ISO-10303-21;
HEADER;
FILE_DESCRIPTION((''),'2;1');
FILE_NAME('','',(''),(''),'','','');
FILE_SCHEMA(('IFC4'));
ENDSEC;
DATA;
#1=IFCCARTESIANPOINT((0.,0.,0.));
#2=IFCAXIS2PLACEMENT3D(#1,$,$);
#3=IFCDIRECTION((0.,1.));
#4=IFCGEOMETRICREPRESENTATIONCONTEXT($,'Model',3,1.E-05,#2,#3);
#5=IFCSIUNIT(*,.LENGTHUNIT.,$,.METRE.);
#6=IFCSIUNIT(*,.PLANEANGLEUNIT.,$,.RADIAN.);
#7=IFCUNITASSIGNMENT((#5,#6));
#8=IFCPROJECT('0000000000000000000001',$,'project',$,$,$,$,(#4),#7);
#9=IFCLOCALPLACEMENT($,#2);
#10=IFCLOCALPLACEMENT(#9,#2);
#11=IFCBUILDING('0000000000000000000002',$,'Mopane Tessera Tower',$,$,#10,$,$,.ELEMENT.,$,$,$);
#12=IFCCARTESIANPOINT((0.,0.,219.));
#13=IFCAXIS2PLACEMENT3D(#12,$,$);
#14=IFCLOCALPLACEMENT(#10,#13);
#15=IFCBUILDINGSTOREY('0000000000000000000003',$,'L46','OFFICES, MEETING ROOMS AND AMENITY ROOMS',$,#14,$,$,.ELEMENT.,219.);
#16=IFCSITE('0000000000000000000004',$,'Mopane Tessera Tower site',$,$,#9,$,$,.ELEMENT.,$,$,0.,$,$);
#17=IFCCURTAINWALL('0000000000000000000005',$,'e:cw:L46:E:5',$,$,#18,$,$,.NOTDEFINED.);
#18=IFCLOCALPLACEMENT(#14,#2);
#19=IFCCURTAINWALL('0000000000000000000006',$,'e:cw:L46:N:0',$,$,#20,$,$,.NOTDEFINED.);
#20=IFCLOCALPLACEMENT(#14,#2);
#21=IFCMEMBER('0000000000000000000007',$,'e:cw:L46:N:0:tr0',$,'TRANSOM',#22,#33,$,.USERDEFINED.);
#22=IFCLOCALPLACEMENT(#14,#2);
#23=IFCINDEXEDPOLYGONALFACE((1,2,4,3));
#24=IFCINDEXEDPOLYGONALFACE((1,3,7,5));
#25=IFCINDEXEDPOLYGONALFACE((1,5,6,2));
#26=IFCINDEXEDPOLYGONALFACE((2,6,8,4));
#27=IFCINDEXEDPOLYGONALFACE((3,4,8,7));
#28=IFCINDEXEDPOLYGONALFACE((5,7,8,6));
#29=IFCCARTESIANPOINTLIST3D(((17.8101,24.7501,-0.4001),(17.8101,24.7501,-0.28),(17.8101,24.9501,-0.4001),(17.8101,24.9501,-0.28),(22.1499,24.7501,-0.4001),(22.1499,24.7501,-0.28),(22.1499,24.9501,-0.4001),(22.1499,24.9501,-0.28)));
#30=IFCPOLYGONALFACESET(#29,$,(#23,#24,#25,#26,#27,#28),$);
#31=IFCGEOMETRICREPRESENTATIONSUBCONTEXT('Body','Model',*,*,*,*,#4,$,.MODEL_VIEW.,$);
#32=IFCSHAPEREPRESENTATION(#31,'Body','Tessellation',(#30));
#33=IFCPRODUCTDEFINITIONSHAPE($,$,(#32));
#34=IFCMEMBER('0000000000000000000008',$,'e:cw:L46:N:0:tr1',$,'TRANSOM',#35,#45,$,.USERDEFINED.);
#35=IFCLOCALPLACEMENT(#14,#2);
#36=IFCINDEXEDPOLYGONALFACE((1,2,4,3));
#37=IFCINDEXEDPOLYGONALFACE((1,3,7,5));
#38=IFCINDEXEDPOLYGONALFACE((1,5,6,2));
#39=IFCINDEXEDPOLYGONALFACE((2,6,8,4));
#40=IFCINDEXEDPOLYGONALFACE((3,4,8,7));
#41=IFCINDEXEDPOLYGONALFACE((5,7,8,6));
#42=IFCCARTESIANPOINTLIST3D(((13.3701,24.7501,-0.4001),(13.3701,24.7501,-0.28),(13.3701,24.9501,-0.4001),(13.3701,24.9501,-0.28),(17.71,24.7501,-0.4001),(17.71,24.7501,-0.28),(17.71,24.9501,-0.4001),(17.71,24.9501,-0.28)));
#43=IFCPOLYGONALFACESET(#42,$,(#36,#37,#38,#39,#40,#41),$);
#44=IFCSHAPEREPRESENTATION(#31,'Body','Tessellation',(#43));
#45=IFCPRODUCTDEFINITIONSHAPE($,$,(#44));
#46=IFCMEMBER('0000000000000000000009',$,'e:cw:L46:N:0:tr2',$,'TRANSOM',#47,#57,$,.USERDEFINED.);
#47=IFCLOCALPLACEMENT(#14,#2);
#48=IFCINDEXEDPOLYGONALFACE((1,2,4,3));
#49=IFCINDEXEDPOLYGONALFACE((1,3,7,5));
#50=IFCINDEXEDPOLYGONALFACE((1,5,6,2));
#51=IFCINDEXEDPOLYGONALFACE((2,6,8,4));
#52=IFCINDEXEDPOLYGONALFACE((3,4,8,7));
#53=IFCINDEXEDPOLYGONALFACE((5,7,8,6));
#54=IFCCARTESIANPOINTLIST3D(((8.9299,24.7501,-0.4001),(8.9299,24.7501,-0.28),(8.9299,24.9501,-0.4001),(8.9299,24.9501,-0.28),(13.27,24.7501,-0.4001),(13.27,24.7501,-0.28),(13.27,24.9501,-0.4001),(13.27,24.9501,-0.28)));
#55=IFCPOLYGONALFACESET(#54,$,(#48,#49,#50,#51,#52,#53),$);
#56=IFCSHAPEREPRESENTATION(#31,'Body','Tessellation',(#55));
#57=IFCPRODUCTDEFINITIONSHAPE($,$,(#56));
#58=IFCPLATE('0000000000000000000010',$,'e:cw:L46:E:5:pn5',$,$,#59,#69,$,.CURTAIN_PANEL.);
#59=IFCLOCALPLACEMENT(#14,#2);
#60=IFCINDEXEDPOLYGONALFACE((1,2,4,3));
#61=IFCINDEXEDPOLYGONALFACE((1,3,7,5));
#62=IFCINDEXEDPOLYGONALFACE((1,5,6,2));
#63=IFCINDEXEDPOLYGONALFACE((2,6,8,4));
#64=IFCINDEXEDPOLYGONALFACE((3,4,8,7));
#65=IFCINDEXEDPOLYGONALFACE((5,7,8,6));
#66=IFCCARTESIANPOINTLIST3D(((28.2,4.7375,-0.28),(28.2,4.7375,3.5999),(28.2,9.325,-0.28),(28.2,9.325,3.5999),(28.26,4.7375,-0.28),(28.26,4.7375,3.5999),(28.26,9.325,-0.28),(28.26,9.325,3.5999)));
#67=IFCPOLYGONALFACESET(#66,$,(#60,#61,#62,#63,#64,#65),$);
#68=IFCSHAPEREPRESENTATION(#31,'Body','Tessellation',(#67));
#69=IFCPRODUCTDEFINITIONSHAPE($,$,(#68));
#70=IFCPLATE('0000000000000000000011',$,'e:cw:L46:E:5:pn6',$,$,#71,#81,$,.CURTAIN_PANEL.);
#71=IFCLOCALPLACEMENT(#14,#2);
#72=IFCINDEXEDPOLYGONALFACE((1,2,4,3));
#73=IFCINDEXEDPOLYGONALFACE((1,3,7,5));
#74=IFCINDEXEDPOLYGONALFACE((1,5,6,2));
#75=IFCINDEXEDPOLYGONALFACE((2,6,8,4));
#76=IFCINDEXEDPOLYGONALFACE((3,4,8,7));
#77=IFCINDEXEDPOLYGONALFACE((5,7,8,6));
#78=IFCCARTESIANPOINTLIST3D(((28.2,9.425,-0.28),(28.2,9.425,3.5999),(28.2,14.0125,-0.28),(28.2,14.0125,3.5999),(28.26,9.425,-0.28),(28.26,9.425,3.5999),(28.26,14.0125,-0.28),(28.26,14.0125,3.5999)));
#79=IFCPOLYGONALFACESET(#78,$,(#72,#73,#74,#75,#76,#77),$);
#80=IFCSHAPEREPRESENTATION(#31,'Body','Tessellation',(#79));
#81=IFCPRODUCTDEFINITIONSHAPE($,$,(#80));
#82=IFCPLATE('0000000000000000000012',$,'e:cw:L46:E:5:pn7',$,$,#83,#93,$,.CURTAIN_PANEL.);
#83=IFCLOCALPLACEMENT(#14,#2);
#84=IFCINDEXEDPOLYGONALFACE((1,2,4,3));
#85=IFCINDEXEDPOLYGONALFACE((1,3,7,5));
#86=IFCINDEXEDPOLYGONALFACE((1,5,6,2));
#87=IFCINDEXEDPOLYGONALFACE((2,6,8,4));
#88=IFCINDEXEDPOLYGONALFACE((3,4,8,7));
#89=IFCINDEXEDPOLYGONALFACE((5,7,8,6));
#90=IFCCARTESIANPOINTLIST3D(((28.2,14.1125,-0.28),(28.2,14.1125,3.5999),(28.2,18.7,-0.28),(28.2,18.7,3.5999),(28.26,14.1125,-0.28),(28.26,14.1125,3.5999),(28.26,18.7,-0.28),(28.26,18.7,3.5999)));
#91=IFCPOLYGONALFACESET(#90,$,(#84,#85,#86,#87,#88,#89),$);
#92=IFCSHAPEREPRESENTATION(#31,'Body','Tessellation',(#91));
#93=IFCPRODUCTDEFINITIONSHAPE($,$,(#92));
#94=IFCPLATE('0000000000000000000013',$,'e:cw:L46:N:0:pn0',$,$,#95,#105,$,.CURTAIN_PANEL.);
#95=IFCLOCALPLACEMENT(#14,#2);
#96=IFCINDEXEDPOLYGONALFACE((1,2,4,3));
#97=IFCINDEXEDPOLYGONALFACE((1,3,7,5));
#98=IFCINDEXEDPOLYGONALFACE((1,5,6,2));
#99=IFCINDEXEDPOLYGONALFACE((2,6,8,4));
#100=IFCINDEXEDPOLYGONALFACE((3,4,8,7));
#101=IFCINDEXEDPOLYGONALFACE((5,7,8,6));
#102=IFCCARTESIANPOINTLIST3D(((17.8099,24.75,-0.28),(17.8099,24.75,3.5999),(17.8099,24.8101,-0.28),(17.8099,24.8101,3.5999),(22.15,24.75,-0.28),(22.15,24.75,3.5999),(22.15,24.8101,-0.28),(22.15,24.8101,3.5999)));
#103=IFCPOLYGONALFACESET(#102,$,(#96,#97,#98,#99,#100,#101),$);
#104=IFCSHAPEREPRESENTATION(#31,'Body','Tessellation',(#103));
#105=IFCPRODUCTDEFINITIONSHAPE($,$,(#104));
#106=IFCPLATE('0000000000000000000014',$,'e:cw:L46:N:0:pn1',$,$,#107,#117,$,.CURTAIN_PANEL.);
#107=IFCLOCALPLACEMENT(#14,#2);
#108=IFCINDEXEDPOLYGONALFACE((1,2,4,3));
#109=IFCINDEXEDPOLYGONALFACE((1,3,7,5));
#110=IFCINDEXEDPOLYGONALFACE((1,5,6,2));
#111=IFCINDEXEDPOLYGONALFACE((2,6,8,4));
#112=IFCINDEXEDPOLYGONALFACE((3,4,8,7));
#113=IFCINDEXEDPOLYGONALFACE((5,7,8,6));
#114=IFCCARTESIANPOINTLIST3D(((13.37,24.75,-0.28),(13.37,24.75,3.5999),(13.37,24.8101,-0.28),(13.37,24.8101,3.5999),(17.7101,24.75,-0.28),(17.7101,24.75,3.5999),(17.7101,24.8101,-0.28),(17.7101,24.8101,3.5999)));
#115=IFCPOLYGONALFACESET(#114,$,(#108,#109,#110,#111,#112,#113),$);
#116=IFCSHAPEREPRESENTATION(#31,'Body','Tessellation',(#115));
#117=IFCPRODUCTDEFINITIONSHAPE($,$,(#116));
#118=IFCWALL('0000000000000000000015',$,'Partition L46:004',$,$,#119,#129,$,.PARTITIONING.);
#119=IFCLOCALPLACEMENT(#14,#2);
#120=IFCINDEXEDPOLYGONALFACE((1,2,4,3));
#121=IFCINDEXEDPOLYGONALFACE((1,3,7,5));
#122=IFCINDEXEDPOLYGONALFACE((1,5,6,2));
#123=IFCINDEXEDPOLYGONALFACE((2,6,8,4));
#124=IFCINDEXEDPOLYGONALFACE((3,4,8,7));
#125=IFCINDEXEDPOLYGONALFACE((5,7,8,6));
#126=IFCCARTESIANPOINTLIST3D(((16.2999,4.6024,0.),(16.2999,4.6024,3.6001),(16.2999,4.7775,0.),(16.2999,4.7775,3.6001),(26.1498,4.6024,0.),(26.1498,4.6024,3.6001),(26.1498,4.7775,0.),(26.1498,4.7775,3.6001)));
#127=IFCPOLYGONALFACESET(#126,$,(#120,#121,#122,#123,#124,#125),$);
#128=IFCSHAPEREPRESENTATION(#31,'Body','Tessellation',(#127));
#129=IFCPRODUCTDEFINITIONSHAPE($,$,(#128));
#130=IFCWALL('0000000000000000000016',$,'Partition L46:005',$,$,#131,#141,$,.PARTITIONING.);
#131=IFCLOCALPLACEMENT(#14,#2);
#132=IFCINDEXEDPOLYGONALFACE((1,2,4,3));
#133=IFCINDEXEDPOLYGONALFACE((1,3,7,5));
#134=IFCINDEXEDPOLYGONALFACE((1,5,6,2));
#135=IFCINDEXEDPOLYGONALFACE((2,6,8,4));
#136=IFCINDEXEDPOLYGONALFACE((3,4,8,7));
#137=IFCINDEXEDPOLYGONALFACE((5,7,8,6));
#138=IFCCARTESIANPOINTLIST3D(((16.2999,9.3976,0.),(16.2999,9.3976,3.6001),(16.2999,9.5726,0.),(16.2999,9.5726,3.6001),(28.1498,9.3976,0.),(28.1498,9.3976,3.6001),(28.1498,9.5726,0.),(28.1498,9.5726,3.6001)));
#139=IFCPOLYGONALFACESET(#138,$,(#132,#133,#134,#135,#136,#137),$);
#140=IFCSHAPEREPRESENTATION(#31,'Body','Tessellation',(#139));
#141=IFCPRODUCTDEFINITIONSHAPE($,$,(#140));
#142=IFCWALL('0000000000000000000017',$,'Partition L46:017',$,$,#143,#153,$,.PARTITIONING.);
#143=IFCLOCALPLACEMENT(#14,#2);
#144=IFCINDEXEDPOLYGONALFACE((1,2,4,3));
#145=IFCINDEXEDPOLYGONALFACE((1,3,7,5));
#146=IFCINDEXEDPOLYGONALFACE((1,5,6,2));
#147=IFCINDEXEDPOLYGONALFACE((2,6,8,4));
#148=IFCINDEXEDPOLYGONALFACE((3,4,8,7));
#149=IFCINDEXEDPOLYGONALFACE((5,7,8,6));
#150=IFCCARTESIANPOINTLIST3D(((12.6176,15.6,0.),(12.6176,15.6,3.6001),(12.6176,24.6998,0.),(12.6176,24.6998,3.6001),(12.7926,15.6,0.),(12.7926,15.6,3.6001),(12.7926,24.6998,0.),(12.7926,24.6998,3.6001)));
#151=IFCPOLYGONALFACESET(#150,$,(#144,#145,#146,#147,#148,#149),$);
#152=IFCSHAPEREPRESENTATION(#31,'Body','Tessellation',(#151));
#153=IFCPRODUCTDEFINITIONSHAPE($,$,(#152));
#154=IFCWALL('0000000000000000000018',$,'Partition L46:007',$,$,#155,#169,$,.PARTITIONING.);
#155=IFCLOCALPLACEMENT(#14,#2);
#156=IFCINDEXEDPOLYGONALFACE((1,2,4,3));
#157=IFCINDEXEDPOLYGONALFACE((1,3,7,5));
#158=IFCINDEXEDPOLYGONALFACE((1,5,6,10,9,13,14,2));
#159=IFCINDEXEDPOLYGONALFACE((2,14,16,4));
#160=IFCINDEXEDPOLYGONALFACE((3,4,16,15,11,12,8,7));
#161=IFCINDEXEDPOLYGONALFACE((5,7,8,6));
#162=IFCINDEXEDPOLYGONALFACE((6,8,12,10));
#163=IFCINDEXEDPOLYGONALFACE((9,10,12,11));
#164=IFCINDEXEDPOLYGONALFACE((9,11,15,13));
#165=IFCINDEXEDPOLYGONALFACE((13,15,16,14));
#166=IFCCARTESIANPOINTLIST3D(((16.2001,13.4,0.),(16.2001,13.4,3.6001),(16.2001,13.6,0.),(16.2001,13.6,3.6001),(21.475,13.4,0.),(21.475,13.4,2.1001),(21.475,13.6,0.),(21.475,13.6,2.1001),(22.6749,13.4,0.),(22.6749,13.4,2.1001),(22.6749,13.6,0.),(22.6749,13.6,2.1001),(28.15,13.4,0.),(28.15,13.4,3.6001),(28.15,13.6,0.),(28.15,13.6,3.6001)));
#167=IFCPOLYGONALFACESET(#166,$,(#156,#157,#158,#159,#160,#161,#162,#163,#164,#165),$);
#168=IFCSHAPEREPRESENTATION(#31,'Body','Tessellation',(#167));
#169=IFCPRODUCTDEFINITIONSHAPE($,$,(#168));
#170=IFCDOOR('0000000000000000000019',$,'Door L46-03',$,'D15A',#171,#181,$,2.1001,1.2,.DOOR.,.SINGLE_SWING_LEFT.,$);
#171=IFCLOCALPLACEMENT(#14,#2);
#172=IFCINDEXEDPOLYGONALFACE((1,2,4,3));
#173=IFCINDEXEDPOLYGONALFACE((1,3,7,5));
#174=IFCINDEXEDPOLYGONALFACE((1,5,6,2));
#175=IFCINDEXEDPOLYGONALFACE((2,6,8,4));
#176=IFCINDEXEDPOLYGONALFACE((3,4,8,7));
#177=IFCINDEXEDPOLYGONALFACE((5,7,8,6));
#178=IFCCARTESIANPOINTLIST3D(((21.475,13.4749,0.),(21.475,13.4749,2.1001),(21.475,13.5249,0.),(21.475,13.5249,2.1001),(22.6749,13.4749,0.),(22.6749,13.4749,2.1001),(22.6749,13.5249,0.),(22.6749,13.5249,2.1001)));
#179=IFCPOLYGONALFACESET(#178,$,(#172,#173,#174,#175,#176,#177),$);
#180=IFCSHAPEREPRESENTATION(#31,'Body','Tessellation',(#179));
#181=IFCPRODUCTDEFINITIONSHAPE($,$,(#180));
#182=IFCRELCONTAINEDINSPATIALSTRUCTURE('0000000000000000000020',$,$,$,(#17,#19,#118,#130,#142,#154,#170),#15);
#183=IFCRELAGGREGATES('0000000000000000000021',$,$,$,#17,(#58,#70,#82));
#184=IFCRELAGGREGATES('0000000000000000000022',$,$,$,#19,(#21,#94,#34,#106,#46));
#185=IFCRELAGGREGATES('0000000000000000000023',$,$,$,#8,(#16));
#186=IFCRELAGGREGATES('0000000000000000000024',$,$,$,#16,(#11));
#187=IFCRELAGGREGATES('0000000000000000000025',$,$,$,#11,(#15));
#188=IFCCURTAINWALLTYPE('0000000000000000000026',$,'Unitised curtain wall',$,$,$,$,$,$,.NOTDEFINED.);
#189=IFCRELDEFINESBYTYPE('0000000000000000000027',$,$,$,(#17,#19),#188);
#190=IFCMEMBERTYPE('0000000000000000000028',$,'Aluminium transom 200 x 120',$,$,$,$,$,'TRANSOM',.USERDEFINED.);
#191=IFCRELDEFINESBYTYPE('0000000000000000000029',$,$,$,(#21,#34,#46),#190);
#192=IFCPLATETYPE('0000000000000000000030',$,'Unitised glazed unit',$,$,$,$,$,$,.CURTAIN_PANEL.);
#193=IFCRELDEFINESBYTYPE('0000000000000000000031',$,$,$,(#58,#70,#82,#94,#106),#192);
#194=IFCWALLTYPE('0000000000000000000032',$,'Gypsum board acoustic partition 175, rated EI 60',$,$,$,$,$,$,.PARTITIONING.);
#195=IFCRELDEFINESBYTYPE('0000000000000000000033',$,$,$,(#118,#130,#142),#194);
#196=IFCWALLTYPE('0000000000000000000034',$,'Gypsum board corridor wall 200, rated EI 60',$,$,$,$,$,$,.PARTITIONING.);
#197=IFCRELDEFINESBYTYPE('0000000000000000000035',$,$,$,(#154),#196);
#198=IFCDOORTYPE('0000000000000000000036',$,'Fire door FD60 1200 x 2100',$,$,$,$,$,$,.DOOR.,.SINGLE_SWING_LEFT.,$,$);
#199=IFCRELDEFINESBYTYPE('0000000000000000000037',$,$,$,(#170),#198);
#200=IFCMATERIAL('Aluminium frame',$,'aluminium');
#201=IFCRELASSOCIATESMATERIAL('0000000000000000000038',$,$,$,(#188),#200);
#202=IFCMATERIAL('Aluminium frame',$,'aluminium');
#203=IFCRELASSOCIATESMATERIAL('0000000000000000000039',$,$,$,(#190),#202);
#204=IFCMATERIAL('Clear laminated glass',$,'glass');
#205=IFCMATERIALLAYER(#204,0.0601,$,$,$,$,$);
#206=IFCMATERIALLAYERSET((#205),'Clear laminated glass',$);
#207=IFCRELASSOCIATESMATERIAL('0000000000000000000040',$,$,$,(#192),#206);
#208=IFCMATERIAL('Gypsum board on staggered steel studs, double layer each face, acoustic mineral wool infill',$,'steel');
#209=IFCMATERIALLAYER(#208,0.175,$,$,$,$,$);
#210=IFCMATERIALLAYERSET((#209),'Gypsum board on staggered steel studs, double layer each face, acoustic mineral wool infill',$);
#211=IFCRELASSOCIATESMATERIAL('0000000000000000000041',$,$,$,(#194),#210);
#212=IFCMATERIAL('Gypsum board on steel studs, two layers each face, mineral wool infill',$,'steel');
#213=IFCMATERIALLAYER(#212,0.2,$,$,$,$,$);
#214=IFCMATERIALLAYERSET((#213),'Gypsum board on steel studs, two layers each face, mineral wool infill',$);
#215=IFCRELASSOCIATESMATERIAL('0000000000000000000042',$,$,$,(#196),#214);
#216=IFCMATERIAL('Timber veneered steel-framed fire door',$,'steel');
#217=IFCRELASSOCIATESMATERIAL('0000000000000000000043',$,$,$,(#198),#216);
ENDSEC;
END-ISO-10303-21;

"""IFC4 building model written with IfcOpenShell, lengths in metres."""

from ifc_helpers import new_model, si_unit, direction, frame, frame_2d, origin, origin_2d, place, context, subcontext, project, spatial, rectangle, extrude, material, layer, layer_set, material_profile, profile_set, type_object, element, fill, aggregate, save


model = new_model("IFC4")

# Units and contexts
model_context = context("Model", 3, precision=1e-05, world=origin(), true_north=direction((0.0, 1.0)))
body_context = subcontext(model_context, "Body", "Model", "MODEL_VIEW")
ifc_project = project(units=[si_unit("LENGTHUNIT", "METRE"), si_unit("PLANEANGLEUNIT", "RADIAN")], contexts=[model_context])

# Site, building, storey
site_placement = place(None, origin())
site = spatial("IfcSite", under=ifc_project, at=site_placement, Name="Mopane Tessera Tower site", CompositionType="ELEMENT", RefElevation=0.0)
building_placement = place(site_placement, origin())
building = spatial("IfcBuilding", under=site, at=building_placement, Name="Mopane Tessera Tower", CompositionType="ELEMENT")
storey_placement = place(building_placement, frame((0.0, 0.0, 219.0)))
storey = spatial("IfcBuildingStorey", under=building, at=storey_placement, Name="L46", Description="OFFICES, MEETING ROOMS AND AMENITY ROOMS", CompositionType="ELEMENT", Elevation=219.0)

# Curtain walls
ifc_material_1 = material(Name="Aluminium frame", Category="aluminium")
curtain_wall_type = type_object("IfcCurtainWallType", Name="Unitised curtain wall", PredefinedType="NOTDEFINED", material=ifc_material_1)
curtain_wall_1_placement = place(storey_placement, origin())
curtain_wall_1 = element("IfcCurtainWall", 1, at=curtain_wall_1_placement, inside=storey, type_object=curtain_wall_type, Name="e:cw:L46:E:5", PredefinedType="NOTDEFINED")
curtain_wall_2_placement = place(storey_placement, origin())
curtain_wall_2 = element("IfcCurtainWall", 2, at=curtain_wall_2_placement, inside=storey, type_object=curtain_wall_type, Name="e:cw:L46:N:0", PredefinedType="NOTDEFINED")

# Members
ifc_material_2 = material(Name="Aluminium frame", Category="aluminium")
ifc_material_profile_1 = material_profile(ifc_material_2, rectangle(XDim=0.2, YDim=0.1201, at=origin_2d()))
ifc_profile_set_1 = profile_set([ifc_material_profile_1], Name="Aluminium frame")
member_type_1 = type_object("IfcMemberType", Name="Aluminium transom 200 x 120", ElementType="TRANSOM", PredefinedType="USERDEFINED", material=ifc_profile_set_1)
member_1_placement = place(storey_placement, frame((22.1499, 24.8501, -0.3401), z_axis=(-1.0, 0.0, 0.0), x_axis=(0.0, -1.0, 0.0)))
member_1 = element("IfcMember", 3, at=member_1_placement, type_object=member_type_1, Name="e:cw:L46:N:0:tr0", ObjectType="TRANSOM", PredefinedType="USERDEFINED", context=body_context, shape_type="SweptSolid", body=[
    extrude(rectangle(XDim=0.2, YDim=0.1201, at=origin_2d()), origin(), (0.0, 0.0, 1.0), 4.3398),
])
member_2_placement = place(storey_placement, frame((17.71, 24.8501, -0.3401), z_axis=(-1.0, 0.0, 0.0), x_axis=(0.0, -1.0, 0.0)))
member_2 = element("IfcMember", 4, at=member_2_placement, type_object=member_type_1, Name="e:cw:L46:N:0:tr1", ObjectType="TRANSOM", PredefinedType="USERDEFINED", context=body_context, shape_type="SweptSolid", body=[
    extrude(rectangle(XDim=0.2, YDim=0.1201, at=origin_2d()), origin(), (0.0, 0.0, 1.0), 4.3398),
])
member_3_placement = place(storey_placement, frame((13.27, 24.8501, -0.3401), z_axis=(-1.0, 0.0, 0.0), x_axis=(0.0, -1.0, 0.0)))
member_3 = element("IfcMember", 5, at=member_3_placement, type_object=member_type_1, Name="e:cw:L46:N:0:tr2", ObjectType="TRANSOM", PredefinedType="USERDEFINED", context=body_context, shape_type="SweptSolid", body=[
    extrude(rectangle(XDim=0.2, YDim=0.1201, at=origin_2d()), origin(), (0.0, 0.0, 1.0), 4.3401),
])

# Plates
ifc_material_3 = material(Name="Clear laminated glass", Category="glass")
ifc_layer_1 = layer(ifc_material_3, 0.0601)
ifc_layer_set_1 = layer_set([ifc_layer_1], Name="Clear laminated glass")
plate_type = type_object("IfcPlateType", Name="Unitised glazed unit", PredefinedType="CURTAIN_PANEL", material=ifc_layer_set_1)
plate_1_placement = place(storey_placement, frame((28.23, 7.0312, -0.28), z_axis=(0.0, 0.0, 1.0), x_axis=(0.0, 1.0, 0.0)))
plate_1 = element("IfcPlate", 6, at=plate_1_placement, type_object=plate_type, Name="e:cw:L46:E:5:pn5", PredefinedType="CURTAIN_PANEL", context=body_context, shape_type="SweptSolid", body=[
    extrude(rectangle(XDim=4.5874, YDim=0.0601, at=origin_2d()), origin(), (0.0, 0.0, 1.0), 3.8799),
])
plate_2_placement = place(storey_placement, frame((28.23, 11.7188, -0.28), z_axis=(0.0, 0.0, 1.0), x_axis=(0.0, 1.0, 0.0)))
plate_2 = element("IfcPlate", 7, at=plate_2_placement, type_object=plate_type, Name="e:cw:L46:E:5:pn6", PredefinedType="CURTAIN_PANEL", context=body_context, shape_type="SweptSolid", body=[
    extrude(rectangle(XDim=4.5874, YDim=0.0601, at=origin_2d()), origin(), (0.0, 0.0, 1.0), 3.8799),
])
plate_3_placement = place(storey_placement, frame((28.23, 16.4062, -0.28), z_axis=(0.0, 0.0, 1.0), x_axis=(0.0, 1.0, 0.0)))
plate_3 = element("IfcPlate", 8, at=plate_3_placement, type_object=plate_type, Name="e:cw:L46:E:5:pn7", PredefinedType="CURTAIN_PANEL", context=body_context, shape_type="SweptSolid", body=[
    extrude(rectangle(XDim=4.5874, YDim=0.0601, at=origin_2d()), origin(), (0.0, 0.0, 1.0), 3.8799),
])
aggregate(curtain_wall_1, [plate_1, plate_2, plate_3])
plate_4_placement = place(storey_placement, frame((19.98, 24.78, -0.28), z_axis=(0.0, 0.0, 1.0), x_axis=(-1.0, 0.0, 0.0)))
plate_4 = element("IfcPlate", 9, at=plate_4_placement, type_object=plate_type, Name="e:cw:L46:N:0:pn0", PredefinedType="CURTAIN_PANEL", context=body_context, shape_type="SweptSolid", body=[
    extrude(rectangle(XDim=4.3401, YDim=0.0601, at=origin_2d()), origin(), (0.0, 0.0, 1.0), 3.8799),
])
plate_5_placement = place(storey_placement, frame((15.54, 24.78, -0.28), z_axis=(0.0, 0.0, 1.0), x_axis=(-1.0, 0.0, 0.0)))
plate_5 = element("IfcPlate", 10, at=plate_5_placement, type_object=plate_type, Name="e:cw:L46:N:0:pn1", PredefinedType="CURTAIN_PANEL", context=body_context, shape_type="SweptSolid", body=[
    extrude(rectangle(XDim=4.3401, YDim=0.0601, at=origin_2d()), origin(), (0.0, 0.0, 1.0), 3.8799),
])
aggregate(curtain_wall_2, [member_1, plate_4, member_2, plate_5, member_3])

# Walls
ifc_material_4 = material(Name="Gypsum board on staggered steel studs, double layer each face, acoustic mineral wool infill", Category="steel")
ifc_layer_2 = layer(ifc_material_4, 0.175)
ifc_layer_set_2 = layer_set([ifc_layer_2], Name="Gypsum board on staggered steel studs, double layer each face, acoustic mineral wool infill")
wall_type_1 = type_object("IfcWallType", Name="Gypsum board acoustic partition 175, rated EI 60", PredefinedType="PARTITIONING", material=ifc_layer_set_2)
wall_1_placement = place(storey_placement, frame((16.3, 4.6899, 0.0), z_axis=(0.0, 0.0, 1.0), x_axis=(1.0, 0.0, 0.0)))
element("IfcWall", 11, at=wall_1_placement, inside=storey, type_object=wall_type_1, Name="Partition L46:004", PredefinedType="PARTITIONING", context=body_context, shape_type="SweptSolid", body=[
    extrude(rectangle(XDim=9.8499, YDim=0.175, at=frame_2d((4.9248, 0.0))), origin(), (0.0, 0.0, 1.0), 3.6001),
])
wall_2_placement = place(storey_placement, frame((16.3, 9.4851, 0.0), z_axis=(0.0, 0.0, 1.0), x_axis=(1.0, 0.0, 0.0)))
element("IfcWall", 12, at=wall_2_placement, inside=storey, type_object=wall_type_1, Name="Partition L46:005", PredefinedType="PARTITIONING", context=body_context, shape_type="SweptSolid", body=[
    extrude(rectangle(XDim=11.8499, YDim=0.175, at=frame_2d((5.9248, 0.0))), origin(), (0.0, 0.0, 1.0), 3.6001),
])
wall_3_placement = place(storey_placement, frame((12.7051, 15.6001, 0.0), z_axis=(0.0, 0.0, 1.0), x_axis=(0.0, 1.0, 0.0)))
element("IfcWall", 13, at=wall_3_placement, inside=storey, type_object=wall_type_1, Name="Partition L46:017", PredefinedType="PARTITIONING", context=body_context, shape_type="SweptSolid", body=[
    extrude(rectangle(XDim=9.0999, YDim=0.175, at=frame_2d((4.5498, 0.0))), origin(), (0.0, 0.0, 1.0), 3.6001),
])

# Wall, opening, door
ifc_material_5 = material(Name="Gypsum board on steel studs, two layers each face, mineral wool infill", Category="steel")
ifc_layer_3 = layer(ifc_material_5, 0.2)
ifc_layer_set_3 = layer_set([ifc_layer_3], Name="Gypsum board on steel studs, two layers each face, mineral wool infill")
wall_type_2 = type_object("IfcWallType", Name="Gypsum board corridor wall 200, rated EI 60", PredefinedType="PARTITIONING", material=ifc_layer_set_3)
wall_4_placement = place(storey_placement, frame((16.2, 13.5, 0.0), z_axis=(0.0, 0.0, 1.0), x_axis=(1.0, 0.0, 0.0)))
wall_4 = element("IfcWall", 14, at=wall_4_placement, inside=storey, type_object=wall_type_2, Name="Partition L46:007", PredefinedType="PARTITIONING", context=body_context, shape_type="SweptSolid", body=[
    extrude(rectangle(XDim=11.95, YDim=0.2, at=frame_2d((5.9751, 0.0))), origin(), (0.0, 0.0, 1.0), 3.6001),
])
opening_placement = place(wall_4_placement, frame((5.2749, 0.0, 0.0)))
opening = element("IfcOpeningElement", 15, at=opening_placement, cuts=wall_4, PredefinedType="OPENING", context=body_context, shape_type="SweptSolid", body=[
    extrude(rectangle(XDim=1.2, YDim=2.1001, at=frame_2d((0.6001, 1.05))), frame((0.0, 0.1121, 0.0), z_axis=(0.0, -1.0, 0.0), x_axis=(1.0, 0.0, 0.0)), (0.0, 0.0, 1.0), 0.2239),
])
ifc_material_6 = material(Name="Timber veneered steel-framed fire door", Category="steel")
door_type = type_object("IfcDoorType", Name="Fire door FD60 1200 x 2100", OperationType="SINGLE_SWING_LEFT", PredefinedType="DOOR", material=ifc_material_6)
door_placement = place(opening_placement, origin())
door = element("IfcDoor", 16, at=door_placement, inside=storey, type_object=door_type, Name="Door L46-03", ObjectType="D15A", OperationType="SINGLE_SWING_LEFT", OverallHeight=2.1001, OverallWidth=1.2, PredefinedType="DOOR", context=body_context, shape_type="SweptSolid", body=[
    extrude(rectangle(XDim=1.2, YDim=2.1001, at=frame_2d((0.6001, 1.05))), frame((0.0, 0.0249, 0.0), z_axis=(0.0, -1.0, 0.0), x_axis=(1.0, 0.0, 0.0)), (0.0, 0.0, 1.0), 0.05),
])
fill(opening, door)

save(model, "model.ifc")
